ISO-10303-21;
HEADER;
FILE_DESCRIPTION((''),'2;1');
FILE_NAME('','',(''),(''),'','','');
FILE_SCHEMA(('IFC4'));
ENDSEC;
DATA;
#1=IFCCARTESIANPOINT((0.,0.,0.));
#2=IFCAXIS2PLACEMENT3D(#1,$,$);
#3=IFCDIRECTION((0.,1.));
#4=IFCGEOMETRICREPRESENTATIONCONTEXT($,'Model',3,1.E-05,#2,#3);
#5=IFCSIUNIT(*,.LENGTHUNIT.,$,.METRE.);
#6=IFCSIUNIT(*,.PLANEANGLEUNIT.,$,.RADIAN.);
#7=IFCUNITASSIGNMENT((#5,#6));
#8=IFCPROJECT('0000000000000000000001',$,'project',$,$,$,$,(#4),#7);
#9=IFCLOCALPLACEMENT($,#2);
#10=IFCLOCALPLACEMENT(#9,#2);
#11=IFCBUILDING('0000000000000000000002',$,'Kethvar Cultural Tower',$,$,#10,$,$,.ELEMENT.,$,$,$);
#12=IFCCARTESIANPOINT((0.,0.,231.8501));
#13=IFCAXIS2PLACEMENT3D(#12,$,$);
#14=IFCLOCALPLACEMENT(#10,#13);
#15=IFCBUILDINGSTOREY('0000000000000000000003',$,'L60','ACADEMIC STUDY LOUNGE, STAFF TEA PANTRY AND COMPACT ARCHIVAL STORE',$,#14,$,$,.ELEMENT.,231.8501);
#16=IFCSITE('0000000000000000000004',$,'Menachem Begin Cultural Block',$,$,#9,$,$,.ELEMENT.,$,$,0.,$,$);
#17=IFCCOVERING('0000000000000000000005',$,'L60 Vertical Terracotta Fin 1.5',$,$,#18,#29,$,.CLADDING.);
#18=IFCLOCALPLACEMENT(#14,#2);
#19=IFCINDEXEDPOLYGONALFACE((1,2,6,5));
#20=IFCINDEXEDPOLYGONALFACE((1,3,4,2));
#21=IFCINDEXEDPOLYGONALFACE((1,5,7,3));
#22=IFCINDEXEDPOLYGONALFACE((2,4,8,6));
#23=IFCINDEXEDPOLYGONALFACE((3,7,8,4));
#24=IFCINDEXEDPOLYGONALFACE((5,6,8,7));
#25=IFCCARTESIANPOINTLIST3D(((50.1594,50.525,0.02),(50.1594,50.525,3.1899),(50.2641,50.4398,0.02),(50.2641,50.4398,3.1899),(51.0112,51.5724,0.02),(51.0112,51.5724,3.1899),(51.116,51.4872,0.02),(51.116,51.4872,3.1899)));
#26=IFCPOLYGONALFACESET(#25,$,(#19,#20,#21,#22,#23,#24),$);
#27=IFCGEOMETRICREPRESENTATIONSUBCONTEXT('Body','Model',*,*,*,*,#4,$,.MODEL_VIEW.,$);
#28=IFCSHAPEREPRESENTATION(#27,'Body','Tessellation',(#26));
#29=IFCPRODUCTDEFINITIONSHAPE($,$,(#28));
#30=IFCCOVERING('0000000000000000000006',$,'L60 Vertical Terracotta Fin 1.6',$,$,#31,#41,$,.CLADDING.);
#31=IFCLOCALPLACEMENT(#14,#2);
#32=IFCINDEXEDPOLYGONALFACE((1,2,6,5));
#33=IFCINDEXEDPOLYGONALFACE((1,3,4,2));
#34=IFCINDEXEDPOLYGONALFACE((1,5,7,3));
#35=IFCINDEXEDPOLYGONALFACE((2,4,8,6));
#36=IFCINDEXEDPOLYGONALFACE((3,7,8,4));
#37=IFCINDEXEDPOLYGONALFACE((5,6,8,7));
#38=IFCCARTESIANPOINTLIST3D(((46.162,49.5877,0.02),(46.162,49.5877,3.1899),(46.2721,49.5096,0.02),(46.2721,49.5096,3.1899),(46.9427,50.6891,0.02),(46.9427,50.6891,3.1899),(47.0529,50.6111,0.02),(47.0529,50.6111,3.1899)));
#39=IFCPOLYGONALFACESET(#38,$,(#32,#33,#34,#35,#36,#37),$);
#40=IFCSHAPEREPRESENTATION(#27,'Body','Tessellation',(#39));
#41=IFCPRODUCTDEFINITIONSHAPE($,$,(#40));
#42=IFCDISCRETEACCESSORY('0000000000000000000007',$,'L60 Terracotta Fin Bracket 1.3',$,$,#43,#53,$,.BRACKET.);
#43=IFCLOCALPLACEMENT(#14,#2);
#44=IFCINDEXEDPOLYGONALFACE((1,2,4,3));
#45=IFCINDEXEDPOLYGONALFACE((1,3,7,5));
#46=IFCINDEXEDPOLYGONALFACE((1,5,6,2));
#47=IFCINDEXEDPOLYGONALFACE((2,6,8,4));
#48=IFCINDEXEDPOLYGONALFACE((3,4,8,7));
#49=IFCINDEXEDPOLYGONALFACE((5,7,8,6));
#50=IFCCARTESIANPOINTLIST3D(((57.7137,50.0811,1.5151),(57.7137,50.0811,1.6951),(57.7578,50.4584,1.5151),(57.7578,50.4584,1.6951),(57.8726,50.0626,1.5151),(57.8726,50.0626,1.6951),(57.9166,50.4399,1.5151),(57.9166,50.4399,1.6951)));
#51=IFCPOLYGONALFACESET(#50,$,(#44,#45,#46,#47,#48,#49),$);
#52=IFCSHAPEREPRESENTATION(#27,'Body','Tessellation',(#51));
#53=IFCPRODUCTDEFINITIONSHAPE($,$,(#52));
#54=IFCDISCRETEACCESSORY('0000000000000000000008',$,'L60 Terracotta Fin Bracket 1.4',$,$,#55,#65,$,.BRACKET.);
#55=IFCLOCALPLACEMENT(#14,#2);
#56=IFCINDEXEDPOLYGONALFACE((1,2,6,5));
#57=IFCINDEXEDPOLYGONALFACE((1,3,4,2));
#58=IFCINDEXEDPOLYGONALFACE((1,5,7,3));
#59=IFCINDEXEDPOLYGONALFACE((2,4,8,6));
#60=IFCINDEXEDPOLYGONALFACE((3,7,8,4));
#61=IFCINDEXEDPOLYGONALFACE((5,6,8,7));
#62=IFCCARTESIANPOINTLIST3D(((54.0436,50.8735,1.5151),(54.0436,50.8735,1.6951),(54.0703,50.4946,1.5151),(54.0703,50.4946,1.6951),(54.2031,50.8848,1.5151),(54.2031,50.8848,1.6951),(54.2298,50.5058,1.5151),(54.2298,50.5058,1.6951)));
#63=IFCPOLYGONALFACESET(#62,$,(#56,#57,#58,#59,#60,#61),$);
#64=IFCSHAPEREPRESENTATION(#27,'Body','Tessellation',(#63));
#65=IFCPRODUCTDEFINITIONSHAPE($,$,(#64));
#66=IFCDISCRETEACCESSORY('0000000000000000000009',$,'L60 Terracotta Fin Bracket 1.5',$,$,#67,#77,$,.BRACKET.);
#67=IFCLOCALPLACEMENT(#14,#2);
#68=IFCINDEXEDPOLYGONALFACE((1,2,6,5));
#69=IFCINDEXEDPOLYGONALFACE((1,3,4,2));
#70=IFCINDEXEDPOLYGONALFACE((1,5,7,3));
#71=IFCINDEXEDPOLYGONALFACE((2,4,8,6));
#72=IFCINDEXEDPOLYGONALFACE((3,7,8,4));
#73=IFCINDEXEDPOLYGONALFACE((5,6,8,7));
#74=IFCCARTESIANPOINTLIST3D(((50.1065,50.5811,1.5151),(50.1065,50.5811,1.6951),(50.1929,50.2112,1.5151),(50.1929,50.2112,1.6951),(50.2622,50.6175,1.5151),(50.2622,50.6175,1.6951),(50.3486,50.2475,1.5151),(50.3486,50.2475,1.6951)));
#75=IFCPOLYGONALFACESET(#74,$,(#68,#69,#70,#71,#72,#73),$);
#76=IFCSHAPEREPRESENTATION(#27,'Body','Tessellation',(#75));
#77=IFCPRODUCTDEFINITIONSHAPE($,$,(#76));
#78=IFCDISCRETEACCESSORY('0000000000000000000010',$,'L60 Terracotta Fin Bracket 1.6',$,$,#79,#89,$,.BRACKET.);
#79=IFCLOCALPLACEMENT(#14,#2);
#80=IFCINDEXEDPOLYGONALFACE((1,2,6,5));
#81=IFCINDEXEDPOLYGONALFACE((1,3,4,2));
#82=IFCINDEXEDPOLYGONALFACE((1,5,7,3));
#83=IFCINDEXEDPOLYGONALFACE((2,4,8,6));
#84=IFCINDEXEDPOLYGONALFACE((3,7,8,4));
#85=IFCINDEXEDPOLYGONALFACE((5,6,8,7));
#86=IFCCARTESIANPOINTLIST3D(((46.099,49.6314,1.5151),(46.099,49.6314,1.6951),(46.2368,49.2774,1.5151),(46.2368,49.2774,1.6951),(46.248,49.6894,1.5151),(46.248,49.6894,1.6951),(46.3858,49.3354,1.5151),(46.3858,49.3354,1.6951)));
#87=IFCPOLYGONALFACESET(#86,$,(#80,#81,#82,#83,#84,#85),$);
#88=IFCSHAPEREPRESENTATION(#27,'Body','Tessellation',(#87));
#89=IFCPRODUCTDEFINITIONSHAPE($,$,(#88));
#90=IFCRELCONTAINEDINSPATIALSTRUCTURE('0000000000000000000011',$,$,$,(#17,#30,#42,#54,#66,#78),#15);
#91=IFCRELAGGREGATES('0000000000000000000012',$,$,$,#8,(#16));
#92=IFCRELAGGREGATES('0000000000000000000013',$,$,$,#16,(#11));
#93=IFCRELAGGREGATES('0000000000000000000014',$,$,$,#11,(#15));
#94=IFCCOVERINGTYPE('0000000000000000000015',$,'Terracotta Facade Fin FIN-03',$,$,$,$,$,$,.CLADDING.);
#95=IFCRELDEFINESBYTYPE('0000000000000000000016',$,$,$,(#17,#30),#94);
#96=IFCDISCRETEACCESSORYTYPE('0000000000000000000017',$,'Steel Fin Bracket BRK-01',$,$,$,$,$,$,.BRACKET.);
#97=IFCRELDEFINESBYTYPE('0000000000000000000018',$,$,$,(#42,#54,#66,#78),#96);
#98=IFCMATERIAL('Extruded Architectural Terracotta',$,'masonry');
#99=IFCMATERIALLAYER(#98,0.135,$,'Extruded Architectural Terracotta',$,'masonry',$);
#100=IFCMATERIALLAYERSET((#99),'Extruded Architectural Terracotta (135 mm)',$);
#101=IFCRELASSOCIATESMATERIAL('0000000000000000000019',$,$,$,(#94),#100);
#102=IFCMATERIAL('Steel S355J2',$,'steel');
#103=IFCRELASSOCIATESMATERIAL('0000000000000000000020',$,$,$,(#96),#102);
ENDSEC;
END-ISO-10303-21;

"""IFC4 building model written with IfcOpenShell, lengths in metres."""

from ifc_helpers import new_model, si_unit, direction, frame, origin, origin_2d, place, context, subcontext, project, spatial, rectangle, extrude, source, transform, mapped, material, layer, layer_set, type_object, element, save


model = new_model("IFC4")

# Units and contexts
model_context = context("Model", 3, precision=1e-05, world=origin(), true_north=direction((0.0, 1.0)))
body_context = subcontext(model_context, "Body", "Model", "MODEL_VIEW")
ifc_project = project(units=[si_unit("LENGTHUNIT", "METRE"), si_unit("PLANEANGLEUNIT", "RADIAN")], contexts=[model_context])

# Site, building, storey
site_placement = place(None, origin())
site = spatial("IfcSite", under=ifc_project, at=site_placement, Name="Menachem Begin Cultural Block", CompositionType="ELEMENT", RefElevation=0.0)
building_placement = place(site_placement, origin())
building = spatial("IfcBuilding", under=site, at=building_placement, Name="Kethvar Cultural Tower", CompositionType="ELEMENT")
storey_placement = place(building_placement, frame((0.0, 0.0, 231.8501)))
storey = spatial("IfcBuildingStorey", under=building, at=storey_placement, Name="L60", Description="ACADEMIC STUDY LOUNGE, STAFF TEA PANTRY AND COMPACT ARCHIVAL STORE", CompositionType="ELEMENT", Elevation=231.8501)

# Shared definitions
ifc_material_1 = material(Name="Steel S355J2", Category="steel")

# Coverings
ifc_material_2 = material(Name="Extruded Architectural Terracotta", Category="masonry")
ifc_layer_1 = layer(ifc_material_2, 0.135, Name="Extruded Architectural Terracotta", Category="masonry")
ifc_layer_set_1 = layer_set([ifc_layer_1], Name="Extruded Architectural Terracotta (135 mm)")
covering_type = type_object("IfcCoveringType", Name="Terracotta Facade Fin FIN-03", PredefinedType="CLADDING", material=ifc_layer_set_1)
shared_shape_1 = source(origin(), body_context, "Body", "SweptSolid", [
    extrude(rectangle(XDim=1.3501, YDim=0.135, at=origin_2d()), origin(), (0.0, 0.0, 1.0), 3.1699),
])
for number, where, z_axis, x_axis, name in (
    (1, (50.6377, 51.0061, 0.02), (0.0, 0.0, 1.0), (0.630947, 0.775826, 0.0), "L60 Vertical Terracotta Fin 1.5"),
    (2, (46.6074, 50.0994, 0.02), (0.0, 0.0, 1.0), (0.578285, 0.815835, 0.0), "L60 Vertical Terracotta Fin 1.6"),
):
    element("IfcCovering", number, at=place(storey_placement, frame(where, z_axis=z_axis, x_axis=x_axis)), inside=storey, type_object=covering_type, Name=name, PredefinedType="CLADDING", context=body_context, shape_type="MappedRepresentation", body=[
        mapped(shared_shape_1, transform((0.0, 0.0, 0.0), scale=1.0)),
    ])

# Discrete accessories
discrete_accessory_type = type_object("IfcDiscreteAccessoryType", Name="Steel Fin Bracket BRK-01", PredefinedType="BRACKET", material=ifc_material_1)
shared_shape_2 = source(origin(), body_context, "Body", "SweptSolid", [
    extrude(rectangle(XDim=0.3799, YDim=0.1599, at=origin_2d()), origin(), (0.0, 0.0, 1.0), 0.1799),
])
for number, where, z_axis, x_axis, name in (
    (3, (57.8152, 50.2605, 1.5151), (0.0, 0.0, 1.0), (0.115977, 0.993252, 0.0), "L60 Terracotta Fin Bracket 1.3"),
    (4, (54.1367, 50.6897, 1.5151), (0.0, 0.0, 1.0), (-0.070279, 0.997527, 0.0), "L60 Terracotta Fin Bracket 1.4"),
    (5, (50.2275, 50.4143, 1.5151), (0.0, 0.0, 1.0), (-0.227501, 0.973778, 0.0), "L60 Terracotta Fin Bracket 1.5"),
    (6, (46.2424, 49.4834, 1.5151), (0.0, 0.0, 1.0), (-0.362763, 0.931881, 0.0), "L60 Terracotta Fin Bracket 1.6"),
):
    element("IfcDiscreteAccessory", number, at=place(storey_placement, frame(where, z_axis=z_axis, x_axis=x_axis)), inside=storey, type_object=discrete_accessory_type, Name=name, PredefinedType="BRACKET", context=body_context, shape_type="MappedRepresentation", body=[
        mapped(shared_shape_2, transform((0.0, 0.0, 0.0), scale=1.0)),
    ])

save(model, "model.ifc")
